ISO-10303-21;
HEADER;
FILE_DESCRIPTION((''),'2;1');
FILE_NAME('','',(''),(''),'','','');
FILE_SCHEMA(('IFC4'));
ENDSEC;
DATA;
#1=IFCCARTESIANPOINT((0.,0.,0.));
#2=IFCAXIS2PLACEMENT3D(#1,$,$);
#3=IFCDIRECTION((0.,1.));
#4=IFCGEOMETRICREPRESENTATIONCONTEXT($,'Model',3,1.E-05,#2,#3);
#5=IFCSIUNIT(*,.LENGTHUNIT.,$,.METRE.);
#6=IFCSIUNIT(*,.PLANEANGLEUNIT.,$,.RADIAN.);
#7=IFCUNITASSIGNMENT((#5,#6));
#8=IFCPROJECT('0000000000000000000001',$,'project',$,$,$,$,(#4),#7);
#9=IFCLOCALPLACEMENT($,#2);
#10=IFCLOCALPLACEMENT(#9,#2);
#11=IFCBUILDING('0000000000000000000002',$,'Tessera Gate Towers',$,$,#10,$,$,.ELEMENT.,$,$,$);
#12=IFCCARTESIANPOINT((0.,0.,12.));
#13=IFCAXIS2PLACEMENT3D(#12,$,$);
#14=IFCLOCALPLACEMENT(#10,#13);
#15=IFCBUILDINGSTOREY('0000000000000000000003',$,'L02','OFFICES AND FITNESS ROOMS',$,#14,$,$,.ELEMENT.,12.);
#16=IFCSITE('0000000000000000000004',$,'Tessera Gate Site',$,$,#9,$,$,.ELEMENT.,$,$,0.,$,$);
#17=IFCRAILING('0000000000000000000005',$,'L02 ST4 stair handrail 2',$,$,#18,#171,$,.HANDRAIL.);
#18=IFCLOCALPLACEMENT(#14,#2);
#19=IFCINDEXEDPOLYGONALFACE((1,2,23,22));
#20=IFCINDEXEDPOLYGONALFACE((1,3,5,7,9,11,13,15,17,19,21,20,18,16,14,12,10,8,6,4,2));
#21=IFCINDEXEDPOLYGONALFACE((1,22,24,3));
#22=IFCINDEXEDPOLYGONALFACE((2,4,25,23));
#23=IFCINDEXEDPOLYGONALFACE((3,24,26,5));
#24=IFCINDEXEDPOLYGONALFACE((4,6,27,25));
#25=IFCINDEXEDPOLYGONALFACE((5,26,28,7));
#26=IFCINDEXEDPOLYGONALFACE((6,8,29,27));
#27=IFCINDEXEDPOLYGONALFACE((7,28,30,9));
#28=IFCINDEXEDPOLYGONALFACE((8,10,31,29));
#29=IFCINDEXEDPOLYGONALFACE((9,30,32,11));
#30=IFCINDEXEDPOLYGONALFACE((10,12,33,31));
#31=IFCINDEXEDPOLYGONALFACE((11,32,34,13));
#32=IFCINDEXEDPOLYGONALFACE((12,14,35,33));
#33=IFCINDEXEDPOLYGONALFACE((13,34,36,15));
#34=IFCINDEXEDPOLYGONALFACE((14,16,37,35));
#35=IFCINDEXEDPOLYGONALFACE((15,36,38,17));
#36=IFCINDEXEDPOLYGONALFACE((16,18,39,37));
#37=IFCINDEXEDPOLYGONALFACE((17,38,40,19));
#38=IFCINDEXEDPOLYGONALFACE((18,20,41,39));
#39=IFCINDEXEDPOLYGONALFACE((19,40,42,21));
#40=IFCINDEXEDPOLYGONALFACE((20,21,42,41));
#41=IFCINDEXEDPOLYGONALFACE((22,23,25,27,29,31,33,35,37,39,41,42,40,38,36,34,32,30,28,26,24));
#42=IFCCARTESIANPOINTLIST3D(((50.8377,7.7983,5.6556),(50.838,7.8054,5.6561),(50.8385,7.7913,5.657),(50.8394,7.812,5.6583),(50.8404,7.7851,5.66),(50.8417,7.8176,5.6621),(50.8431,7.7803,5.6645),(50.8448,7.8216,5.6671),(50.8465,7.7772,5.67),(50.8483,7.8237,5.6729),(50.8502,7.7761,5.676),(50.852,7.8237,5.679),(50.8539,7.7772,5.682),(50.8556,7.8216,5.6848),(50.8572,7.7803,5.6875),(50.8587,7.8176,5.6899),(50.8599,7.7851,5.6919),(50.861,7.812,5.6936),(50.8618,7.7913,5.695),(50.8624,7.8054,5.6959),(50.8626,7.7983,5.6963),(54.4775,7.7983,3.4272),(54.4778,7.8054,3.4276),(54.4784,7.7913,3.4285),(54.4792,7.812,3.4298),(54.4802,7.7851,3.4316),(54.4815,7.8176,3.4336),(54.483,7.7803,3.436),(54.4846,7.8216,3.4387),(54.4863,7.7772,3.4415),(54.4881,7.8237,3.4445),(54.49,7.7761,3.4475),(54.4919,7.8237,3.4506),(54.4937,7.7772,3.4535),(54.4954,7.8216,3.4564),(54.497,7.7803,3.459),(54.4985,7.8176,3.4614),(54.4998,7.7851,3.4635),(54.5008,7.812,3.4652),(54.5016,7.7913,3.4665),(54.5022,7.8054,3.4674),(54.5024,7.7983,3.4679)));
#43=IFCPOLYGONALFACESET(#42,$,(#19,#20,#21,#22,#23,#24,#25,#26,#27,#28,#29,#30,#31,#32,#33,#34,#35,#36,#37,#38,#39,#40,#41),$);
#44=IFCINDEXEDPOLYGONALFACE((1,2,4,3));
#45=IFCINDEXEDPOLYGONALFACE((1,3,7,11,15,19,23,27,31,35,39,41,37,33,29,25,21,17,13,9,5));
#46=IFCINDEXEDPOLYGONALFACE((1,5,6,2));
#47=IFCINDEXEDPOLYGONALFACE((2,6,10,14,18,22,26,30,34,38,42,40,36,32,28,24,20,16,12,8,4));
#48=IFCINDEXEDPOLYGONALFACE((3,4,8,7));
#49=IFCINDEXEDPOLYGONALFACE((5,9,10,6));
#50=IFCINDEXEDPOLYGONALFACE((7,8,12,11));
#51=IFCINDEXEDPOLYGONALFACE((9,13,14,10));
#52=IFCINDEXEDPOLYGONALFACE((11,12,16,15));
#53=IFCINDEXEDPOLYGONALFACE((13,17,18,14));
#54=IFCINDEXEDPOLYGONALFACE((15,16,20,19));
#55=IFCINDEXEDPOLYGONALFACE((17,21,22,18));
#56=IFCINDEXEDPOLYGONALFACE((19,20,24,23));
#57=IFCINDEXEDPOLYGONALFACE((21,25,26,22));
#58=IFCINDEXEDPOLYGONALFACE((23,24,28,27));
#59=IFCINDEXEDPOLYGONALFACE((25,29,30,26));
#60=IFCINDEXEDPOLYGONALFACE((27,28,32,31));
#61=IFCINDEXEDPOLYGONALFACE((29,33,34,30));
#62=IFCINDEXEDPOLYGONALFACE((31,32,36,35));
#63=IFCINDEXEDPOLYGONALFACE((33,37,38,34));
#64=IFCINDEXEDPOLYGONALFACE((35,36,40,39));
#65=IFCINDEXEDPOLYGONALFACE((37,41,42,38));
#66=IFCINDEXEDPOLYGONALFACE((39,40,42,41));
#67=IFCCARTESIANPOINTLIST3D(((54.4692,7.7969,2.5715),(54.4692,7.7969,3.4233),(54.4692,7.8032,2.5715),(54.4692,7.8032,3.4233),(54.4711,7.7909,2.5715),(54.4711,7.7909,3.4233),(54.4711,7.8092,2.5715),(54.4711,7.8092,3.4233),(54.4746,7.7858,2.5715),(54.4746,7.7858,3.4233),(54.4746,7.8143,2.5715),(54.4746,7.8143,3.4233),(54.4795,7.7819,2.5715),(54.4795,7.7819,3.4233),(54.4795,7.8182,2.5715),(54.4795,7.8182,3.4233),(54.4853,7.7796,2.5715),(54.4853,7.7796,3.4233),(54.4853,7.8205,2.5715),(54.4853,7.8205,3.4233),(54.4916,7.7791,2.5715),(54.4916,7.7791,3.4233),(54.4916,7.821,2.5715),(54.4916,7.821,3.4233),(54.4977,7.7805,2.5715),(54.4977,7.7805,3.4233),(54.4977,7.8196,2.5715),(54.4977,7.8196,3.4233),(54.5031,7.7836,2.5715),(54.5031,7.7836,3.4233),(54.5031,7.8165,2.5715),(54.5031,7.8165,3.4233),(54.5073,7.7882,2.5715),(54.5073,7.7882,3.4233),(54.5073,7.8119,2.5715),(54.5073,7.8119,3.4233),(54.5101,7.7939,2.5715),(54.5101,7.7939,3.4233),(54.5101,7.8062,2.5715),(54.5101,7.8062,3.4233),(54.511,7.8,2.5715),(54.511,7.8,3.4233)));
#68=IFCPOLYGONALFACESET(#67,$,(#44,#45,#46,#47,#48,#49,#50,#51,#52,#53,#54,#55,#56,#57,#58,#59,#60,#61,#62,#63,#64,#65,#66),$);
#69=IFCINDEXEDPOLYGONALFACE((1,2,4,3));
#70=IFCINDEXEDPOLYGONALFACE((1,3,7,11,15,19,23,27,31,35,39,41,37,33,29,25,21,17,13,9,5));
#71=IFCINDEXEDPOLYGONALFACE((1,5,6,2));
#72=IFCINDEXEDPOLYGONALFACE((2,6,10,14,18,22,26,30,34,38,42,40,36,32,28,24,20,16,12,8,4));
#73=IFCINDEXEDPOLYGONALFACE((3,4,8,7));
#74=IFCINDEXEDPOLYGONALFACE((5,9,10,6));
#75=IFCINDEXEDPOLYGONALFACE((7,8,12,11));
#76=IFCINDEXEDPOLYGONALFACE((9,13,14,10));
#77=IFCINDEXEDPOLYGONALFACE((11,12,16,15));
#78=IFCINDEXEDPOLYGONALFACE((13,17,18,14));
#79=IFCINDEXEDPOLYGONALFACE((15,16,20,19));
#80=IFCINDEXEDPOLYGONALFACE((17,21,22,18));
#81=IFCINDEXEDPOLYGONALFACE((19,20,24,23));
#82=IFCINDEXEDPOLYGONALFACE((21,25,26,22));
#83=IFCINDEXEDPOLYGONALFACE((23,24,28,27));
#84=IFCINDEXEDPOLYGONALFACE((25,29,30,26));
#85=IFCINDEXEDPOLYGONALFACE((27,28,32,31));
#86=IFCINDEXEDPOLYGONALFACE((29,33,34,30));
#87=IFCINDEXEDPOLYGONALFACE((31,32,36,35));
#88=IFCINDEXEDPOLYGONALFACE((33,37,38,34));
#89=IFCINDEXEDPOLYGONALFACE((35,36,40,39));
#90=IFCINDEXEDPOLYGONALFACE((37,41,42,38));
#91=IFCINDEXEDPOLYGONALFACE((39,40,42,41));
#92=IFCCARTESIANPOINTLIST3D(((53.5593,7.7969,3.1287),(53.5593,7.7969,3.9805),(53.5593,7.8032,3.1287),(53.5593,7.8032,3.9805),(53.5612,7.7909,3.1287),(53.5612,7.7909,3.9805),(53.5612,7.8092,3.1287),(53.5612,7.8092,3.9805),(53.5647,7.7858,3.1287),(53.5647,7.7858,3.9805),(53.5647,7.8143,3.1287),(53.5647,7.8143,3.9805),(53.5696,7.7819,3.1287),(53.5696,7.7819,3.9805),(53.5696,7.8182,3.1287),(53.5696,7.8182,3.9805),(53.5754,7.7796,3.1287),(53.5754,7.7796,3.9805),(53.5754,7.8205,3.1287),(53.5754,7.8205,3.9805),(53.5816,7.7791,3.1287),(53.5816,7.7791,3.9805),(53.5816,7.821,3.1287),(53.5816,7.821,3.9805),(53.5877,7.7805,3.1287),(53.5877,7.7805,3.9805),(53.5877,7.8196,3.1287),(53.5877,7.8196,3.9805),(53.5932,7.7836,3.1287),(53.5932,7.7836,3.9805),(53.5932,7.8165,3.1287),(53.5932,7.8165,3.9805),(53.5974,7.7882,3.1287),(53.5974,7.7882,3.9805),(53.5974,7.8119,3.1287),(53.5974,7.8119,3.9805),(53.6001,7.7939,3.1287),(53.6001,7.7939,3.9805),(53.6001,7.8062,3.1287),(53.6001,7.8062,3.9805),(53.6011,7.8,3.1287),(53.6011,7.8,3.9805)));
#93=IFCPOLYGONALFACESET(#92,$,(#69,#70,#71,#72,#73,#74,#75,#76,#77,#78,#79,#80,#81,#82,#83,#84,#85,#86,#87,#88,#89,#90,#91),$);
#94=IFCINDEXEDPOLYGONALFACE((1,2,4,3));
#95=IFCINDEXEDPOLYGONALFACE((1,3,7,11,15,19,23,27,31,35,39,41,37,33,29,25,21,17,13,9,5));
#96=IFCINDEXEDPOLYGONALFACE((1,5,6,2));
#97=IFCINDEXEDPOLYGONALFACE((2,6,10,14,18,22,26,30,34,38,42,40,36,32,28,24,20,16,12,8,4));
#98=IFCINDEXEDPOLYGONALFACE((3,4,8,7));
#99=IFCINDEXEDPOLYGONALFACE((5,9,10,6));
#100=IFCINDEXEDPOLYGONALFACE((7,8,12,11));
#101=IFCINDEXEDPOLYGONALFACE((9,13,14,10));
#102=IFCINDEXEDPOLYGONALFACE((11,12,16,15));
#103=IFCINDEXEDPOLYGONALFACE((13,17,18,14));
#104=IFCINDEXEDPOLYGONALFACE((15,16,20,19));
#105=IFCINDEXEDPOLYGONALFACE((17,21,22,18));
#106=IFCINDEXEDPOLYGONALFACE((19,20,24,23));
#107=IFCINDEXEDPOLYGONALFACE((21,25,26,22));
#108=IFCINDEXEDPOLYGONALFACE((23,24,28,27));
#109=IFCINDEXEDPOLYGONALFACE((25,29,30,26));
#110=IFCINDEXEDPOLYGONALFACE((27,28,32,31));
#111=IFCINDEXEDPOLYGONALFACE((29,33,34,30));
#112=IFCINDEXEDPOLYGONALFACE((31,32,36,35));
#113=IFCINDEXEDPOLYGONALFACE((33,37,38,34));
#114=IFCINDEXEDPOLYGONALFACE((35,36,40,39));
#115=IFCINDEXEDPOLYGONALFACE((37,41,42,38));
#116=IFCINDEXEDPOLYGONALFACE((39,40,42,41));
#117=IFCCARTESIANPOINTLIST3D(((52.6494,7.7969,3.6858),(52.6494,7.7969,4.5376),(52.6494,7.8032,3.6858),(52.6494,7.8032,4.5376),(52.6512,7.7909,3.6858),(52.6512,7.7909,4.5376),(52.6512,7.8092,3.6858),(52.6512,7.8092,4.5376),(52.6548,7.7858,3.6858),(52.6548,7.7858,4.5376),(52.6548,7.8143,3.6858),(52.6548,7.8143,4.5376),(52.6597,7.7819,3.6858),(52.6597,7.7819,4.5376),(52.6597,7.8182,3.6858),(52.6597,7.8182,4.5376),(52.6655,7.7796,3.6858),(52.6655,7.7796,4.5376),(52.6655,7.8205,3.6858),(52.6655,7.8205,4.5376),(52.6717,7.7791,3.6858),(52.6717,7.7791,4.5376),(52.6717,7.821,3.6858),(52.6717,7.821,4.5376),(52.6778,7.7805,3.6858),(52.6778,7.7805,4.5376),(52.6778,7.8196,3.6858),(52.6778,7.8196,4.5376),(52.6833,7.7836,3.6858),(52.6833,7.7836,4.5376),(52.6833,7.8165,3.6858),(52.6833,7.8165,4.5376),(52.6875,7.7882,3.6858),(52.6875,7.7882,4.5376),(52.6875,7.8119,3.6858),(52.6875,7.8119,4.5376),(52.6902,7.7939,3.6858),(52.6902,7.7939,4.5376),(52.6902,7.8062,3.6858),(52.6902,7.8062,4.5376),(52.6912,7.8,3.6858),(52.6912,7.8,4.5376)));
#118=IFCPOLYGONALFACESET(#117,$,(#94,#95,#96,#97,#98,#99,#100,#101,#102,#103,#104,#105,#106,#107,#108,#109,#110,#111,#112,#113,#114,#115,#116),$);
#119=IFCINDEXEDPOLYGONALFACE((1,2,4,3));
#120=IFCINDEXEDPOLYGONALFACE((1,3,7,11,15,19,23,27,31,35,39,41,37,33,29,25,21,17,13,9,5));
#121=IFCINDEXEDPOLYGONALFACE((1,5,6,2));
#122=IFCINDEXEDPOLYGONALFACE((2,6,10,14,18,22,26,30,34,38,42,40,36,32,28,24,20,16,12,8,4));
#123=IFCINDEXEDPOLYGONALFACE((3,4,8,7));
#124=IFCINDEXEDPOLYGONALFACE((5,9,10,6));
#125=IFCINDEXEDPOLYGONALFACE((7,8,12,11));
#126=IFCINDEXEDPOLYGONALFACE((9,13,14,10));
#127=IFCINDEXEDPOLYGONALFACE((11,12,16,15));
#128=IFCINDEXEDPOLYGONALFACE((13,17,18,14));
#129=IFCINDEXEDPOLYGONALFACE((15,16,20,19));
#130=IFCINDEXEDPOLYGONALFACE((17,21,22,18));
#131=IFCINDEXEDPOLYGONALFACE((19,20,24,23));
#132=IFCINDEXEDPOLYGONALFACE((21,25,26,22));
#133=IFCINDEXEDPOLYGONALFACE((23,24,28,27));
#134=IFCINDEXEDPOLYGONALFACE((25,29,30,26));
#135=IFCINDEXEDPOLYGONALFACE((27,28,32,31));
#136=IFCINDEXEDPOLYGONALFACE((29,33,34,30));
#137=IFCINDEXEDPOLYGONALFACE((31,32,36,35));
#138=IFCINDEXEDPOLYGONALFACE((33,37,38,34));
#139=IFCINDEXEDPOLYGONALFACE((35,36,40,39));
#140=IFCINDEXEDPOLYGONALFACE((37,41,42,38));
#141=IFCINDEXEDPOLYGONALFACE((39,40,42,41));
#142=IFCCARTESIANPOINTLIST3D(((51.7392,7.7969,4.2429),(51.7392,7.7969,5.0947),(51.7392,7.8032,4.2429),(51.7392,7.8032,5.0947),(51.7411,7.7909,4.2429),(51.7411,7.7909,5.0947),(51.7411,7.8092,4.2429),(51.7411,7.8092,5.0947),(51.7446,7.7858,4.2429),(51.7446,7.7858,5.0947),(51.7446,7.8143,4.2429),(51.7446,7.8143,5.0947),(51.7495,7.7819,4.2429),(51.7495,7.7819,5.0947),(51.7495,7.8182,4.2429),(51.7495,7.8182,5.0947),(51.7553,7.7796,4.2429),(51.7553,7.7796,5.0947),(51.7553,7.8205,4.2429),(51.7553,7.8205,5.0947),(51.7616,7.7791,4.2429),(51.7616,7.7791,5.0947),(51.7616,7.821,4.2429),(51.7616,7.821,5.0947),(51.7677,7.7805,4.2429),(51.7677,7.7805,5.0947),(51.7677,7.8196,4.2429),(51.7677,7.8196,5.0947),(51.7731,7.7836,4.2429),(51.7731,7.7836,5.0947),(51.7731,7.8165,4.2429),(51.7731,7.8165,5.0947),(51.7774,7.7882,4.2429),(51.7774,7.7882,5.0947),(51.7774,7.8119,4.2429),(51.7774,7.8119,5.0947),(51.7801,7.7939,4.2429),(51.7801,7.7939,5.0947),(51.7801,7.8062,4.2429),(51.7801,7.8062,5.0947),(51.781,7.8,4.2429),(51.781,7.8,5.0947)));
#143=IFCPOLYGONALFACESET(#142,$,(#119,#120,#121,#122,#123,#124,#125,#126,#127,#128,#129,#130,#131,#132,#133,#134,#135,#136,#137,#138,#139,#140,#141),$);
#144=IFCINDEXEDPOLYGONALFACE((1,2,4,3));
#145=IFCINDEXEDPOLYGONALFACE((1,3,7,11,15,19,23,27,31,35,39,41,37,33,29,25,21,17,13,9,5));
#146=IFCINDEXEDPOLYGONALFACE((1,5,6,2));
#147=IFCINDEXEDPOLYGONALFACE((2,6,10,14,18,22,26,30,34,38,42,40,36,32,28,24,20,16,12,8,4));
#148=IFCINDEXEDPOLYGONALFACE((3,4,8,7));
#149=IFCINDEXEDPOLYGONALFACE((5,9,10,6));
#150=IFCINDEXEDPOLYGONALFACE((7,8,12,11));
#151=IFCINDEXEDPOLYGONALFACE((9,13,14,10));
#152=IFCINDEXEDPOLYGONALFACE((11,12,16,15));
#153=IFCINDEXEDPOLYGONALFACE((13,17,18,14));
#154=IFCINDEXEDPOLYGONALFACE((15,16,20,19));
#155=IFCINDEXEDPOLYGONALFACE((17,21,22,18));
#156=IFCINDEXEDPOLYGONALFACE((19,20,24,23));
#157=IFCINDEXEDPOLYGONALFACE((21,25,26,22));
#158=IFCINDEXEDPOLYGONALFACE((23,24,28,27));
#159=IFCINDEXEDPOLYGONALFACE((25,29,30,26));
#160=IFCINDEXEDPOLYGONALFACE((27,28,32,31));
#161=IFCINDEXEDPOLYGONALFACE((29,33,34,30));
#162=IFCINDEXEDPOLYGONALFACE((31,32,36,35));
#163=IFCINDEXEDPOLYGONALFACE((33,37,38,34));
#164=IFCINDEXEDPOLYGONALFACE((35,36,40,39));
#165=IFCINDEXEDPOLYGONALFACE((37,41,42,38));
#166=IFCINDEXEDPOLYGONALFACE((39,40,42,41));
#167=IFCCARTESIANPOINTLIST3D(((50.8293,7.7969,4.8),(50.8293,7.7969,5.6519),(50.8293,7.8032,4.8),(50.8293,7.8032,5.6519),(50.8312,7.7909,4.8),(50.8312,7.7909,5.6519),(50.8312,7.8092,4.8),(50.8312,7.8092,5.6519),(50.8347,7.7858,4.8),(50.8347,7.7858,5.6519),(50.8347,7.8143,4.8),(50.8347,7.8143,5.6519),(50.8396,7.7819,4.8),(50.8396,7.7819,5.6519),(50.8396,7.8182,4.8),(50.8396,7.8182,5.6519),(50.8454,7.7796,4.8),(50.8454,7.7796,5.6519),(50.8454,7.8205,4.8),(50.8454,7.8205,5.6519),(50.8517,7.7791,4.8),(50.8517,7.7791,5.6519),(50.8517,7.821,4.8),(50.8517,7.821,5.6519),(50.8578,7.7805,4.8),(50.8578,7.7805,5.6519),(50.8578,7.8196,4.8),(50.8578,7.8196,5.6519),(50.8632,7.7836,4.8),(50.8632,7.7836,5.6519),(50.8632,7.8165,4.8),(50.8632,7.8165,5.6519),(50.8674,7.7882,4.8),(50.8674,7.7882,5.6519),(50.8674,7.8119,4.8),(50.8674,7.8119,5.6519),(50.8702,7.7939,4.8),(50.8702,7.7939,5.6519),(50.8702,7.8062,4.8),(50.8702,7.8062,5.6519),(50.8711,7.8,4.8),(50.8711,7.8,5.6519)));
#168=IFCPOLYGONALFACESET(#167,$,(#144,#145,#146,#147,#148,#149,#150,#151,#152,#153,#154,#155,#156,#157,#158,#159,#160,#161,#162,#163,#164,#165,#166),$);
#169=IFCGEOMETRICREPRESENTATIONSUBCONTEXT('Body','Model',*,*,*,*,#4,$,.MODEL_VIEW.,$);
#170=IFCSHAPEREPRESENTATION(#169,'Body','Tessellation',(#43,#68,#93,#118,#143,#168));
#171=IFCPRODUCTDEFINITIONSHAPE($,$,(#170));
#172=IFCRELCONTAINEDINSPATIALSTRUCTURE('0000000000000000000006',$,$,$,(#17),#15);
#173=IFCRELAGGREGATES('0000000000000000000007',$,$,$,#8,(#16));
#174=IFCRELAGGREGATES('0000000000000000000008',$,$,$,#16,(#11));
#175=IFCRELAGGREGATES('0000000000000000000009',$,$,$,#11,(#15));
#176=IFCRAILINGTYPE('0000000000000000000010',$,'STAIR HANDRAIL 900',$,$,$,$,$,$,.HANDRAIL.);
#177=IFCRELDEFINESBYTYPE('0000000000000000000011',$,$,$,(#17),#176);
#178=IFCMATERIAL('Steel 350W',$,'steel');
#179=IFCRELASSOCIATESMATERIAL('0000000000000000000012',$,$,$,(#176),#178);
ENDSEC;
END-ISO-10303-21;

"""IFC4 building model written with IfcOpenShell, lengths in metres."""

from ifc_helpers import new_model, si_unit, direction, frame, origin, origin_2d, place, context, subcontext, project, spatial, circle, extrude, material, type_object, element, save


model = new_model("IFC4")

# Units and contexts
model_context = context("Model", 3, precision=1e-05, world=origin(), true_north=direction((0.0, 1.0)))
body_context = subcontext(model_context, "Body", "Model", "MODEL_VIEW")
ifc_project = project(units=[si_unit("LENGTHUNIT", "METRE"), si_unit("PLANEANGLEUNIT", "RADIAN")], contexts=[model_context])

# Site, building, storey
site_placement = place(None, origin())
site = spatial("IfcSite", under=ifc_project, at=site_placement, Name="Tessera Gate Site", CompositionType="ELEMENT", RefElevation=0.0)
building_placement = place(site_placement, origin())
building = spatial("IfcBuilding", under=site, at=building_placement, Name="Tessera Gate Towers", CompositionType="ELEMENT")
storey_placement = place(building_placement, frame((0.0, 0.0, 12.0)))
storey = spatial("IfcBuildingStorey", under=building, at=storey_placement, Name="L02", Description="OFFICES AND FITNESS ROOMS", CompositionType="ELEMENT", Elevation=12.0)

# Railing
ifc_material_1 = material(Name="Steel 350W", Category="steel")
railing_type_1 = type_object("IfcRailingType", Name="STAIR HANDRAIL 900", PredefinedType="HANDRAIL", material=ifc_material_1)
railing_1_placement = place(storey_placement, frame((54.49, 7.8, 2.5715)))
element("IfcRailing", 1, at=railing_1_placement, inside=storey, type_object=railing_type_1, Name="L02 ST4 stair handrail 2", PredefinedType="HANDRAIL", context=body_context, shape_type="SweptSolid", body=[
    extrude(circle(Radius=0.0239, at=origin_2d()), frame((0.0, 0.0, 0.876), z_axis=(-0.85285, 0.0, 0.522156), x_axis=(0.0, -1.0, 0.0)), (0.0, 0.0, 1.0), 4.2678),
    extrude(circle(Radius=0.021, at=origin_2d()), origin(), (0.0, 0.0, 1.0), 0.8518),
    extrude(circle(Radius=0.021, at=origin_2d()), frame((-0.9099, 0.0, 0.5571)), (0.0, 0.0, 1.0), 0.8518),
    extrude(circle(Radius=0.021, at=origin_2d()), frame((-1.8198, 0.0, 1.1143)), (0.0, 0.0, 1.0), 0.8518),
    extrude(circle(Radius=0.021, at=origin_2d()), frame((-2.73, 0.0, 1.6714)), (0.0, 0.0, 1.0), 0.8518),
    extrude(circle(Radius=0.021, at=origin_2d()), frame((-3.6399, 0.0, 2.2285)), (0.0, 0.0, 1.0), 0.8518),
])

save(model, "model.ifc")
